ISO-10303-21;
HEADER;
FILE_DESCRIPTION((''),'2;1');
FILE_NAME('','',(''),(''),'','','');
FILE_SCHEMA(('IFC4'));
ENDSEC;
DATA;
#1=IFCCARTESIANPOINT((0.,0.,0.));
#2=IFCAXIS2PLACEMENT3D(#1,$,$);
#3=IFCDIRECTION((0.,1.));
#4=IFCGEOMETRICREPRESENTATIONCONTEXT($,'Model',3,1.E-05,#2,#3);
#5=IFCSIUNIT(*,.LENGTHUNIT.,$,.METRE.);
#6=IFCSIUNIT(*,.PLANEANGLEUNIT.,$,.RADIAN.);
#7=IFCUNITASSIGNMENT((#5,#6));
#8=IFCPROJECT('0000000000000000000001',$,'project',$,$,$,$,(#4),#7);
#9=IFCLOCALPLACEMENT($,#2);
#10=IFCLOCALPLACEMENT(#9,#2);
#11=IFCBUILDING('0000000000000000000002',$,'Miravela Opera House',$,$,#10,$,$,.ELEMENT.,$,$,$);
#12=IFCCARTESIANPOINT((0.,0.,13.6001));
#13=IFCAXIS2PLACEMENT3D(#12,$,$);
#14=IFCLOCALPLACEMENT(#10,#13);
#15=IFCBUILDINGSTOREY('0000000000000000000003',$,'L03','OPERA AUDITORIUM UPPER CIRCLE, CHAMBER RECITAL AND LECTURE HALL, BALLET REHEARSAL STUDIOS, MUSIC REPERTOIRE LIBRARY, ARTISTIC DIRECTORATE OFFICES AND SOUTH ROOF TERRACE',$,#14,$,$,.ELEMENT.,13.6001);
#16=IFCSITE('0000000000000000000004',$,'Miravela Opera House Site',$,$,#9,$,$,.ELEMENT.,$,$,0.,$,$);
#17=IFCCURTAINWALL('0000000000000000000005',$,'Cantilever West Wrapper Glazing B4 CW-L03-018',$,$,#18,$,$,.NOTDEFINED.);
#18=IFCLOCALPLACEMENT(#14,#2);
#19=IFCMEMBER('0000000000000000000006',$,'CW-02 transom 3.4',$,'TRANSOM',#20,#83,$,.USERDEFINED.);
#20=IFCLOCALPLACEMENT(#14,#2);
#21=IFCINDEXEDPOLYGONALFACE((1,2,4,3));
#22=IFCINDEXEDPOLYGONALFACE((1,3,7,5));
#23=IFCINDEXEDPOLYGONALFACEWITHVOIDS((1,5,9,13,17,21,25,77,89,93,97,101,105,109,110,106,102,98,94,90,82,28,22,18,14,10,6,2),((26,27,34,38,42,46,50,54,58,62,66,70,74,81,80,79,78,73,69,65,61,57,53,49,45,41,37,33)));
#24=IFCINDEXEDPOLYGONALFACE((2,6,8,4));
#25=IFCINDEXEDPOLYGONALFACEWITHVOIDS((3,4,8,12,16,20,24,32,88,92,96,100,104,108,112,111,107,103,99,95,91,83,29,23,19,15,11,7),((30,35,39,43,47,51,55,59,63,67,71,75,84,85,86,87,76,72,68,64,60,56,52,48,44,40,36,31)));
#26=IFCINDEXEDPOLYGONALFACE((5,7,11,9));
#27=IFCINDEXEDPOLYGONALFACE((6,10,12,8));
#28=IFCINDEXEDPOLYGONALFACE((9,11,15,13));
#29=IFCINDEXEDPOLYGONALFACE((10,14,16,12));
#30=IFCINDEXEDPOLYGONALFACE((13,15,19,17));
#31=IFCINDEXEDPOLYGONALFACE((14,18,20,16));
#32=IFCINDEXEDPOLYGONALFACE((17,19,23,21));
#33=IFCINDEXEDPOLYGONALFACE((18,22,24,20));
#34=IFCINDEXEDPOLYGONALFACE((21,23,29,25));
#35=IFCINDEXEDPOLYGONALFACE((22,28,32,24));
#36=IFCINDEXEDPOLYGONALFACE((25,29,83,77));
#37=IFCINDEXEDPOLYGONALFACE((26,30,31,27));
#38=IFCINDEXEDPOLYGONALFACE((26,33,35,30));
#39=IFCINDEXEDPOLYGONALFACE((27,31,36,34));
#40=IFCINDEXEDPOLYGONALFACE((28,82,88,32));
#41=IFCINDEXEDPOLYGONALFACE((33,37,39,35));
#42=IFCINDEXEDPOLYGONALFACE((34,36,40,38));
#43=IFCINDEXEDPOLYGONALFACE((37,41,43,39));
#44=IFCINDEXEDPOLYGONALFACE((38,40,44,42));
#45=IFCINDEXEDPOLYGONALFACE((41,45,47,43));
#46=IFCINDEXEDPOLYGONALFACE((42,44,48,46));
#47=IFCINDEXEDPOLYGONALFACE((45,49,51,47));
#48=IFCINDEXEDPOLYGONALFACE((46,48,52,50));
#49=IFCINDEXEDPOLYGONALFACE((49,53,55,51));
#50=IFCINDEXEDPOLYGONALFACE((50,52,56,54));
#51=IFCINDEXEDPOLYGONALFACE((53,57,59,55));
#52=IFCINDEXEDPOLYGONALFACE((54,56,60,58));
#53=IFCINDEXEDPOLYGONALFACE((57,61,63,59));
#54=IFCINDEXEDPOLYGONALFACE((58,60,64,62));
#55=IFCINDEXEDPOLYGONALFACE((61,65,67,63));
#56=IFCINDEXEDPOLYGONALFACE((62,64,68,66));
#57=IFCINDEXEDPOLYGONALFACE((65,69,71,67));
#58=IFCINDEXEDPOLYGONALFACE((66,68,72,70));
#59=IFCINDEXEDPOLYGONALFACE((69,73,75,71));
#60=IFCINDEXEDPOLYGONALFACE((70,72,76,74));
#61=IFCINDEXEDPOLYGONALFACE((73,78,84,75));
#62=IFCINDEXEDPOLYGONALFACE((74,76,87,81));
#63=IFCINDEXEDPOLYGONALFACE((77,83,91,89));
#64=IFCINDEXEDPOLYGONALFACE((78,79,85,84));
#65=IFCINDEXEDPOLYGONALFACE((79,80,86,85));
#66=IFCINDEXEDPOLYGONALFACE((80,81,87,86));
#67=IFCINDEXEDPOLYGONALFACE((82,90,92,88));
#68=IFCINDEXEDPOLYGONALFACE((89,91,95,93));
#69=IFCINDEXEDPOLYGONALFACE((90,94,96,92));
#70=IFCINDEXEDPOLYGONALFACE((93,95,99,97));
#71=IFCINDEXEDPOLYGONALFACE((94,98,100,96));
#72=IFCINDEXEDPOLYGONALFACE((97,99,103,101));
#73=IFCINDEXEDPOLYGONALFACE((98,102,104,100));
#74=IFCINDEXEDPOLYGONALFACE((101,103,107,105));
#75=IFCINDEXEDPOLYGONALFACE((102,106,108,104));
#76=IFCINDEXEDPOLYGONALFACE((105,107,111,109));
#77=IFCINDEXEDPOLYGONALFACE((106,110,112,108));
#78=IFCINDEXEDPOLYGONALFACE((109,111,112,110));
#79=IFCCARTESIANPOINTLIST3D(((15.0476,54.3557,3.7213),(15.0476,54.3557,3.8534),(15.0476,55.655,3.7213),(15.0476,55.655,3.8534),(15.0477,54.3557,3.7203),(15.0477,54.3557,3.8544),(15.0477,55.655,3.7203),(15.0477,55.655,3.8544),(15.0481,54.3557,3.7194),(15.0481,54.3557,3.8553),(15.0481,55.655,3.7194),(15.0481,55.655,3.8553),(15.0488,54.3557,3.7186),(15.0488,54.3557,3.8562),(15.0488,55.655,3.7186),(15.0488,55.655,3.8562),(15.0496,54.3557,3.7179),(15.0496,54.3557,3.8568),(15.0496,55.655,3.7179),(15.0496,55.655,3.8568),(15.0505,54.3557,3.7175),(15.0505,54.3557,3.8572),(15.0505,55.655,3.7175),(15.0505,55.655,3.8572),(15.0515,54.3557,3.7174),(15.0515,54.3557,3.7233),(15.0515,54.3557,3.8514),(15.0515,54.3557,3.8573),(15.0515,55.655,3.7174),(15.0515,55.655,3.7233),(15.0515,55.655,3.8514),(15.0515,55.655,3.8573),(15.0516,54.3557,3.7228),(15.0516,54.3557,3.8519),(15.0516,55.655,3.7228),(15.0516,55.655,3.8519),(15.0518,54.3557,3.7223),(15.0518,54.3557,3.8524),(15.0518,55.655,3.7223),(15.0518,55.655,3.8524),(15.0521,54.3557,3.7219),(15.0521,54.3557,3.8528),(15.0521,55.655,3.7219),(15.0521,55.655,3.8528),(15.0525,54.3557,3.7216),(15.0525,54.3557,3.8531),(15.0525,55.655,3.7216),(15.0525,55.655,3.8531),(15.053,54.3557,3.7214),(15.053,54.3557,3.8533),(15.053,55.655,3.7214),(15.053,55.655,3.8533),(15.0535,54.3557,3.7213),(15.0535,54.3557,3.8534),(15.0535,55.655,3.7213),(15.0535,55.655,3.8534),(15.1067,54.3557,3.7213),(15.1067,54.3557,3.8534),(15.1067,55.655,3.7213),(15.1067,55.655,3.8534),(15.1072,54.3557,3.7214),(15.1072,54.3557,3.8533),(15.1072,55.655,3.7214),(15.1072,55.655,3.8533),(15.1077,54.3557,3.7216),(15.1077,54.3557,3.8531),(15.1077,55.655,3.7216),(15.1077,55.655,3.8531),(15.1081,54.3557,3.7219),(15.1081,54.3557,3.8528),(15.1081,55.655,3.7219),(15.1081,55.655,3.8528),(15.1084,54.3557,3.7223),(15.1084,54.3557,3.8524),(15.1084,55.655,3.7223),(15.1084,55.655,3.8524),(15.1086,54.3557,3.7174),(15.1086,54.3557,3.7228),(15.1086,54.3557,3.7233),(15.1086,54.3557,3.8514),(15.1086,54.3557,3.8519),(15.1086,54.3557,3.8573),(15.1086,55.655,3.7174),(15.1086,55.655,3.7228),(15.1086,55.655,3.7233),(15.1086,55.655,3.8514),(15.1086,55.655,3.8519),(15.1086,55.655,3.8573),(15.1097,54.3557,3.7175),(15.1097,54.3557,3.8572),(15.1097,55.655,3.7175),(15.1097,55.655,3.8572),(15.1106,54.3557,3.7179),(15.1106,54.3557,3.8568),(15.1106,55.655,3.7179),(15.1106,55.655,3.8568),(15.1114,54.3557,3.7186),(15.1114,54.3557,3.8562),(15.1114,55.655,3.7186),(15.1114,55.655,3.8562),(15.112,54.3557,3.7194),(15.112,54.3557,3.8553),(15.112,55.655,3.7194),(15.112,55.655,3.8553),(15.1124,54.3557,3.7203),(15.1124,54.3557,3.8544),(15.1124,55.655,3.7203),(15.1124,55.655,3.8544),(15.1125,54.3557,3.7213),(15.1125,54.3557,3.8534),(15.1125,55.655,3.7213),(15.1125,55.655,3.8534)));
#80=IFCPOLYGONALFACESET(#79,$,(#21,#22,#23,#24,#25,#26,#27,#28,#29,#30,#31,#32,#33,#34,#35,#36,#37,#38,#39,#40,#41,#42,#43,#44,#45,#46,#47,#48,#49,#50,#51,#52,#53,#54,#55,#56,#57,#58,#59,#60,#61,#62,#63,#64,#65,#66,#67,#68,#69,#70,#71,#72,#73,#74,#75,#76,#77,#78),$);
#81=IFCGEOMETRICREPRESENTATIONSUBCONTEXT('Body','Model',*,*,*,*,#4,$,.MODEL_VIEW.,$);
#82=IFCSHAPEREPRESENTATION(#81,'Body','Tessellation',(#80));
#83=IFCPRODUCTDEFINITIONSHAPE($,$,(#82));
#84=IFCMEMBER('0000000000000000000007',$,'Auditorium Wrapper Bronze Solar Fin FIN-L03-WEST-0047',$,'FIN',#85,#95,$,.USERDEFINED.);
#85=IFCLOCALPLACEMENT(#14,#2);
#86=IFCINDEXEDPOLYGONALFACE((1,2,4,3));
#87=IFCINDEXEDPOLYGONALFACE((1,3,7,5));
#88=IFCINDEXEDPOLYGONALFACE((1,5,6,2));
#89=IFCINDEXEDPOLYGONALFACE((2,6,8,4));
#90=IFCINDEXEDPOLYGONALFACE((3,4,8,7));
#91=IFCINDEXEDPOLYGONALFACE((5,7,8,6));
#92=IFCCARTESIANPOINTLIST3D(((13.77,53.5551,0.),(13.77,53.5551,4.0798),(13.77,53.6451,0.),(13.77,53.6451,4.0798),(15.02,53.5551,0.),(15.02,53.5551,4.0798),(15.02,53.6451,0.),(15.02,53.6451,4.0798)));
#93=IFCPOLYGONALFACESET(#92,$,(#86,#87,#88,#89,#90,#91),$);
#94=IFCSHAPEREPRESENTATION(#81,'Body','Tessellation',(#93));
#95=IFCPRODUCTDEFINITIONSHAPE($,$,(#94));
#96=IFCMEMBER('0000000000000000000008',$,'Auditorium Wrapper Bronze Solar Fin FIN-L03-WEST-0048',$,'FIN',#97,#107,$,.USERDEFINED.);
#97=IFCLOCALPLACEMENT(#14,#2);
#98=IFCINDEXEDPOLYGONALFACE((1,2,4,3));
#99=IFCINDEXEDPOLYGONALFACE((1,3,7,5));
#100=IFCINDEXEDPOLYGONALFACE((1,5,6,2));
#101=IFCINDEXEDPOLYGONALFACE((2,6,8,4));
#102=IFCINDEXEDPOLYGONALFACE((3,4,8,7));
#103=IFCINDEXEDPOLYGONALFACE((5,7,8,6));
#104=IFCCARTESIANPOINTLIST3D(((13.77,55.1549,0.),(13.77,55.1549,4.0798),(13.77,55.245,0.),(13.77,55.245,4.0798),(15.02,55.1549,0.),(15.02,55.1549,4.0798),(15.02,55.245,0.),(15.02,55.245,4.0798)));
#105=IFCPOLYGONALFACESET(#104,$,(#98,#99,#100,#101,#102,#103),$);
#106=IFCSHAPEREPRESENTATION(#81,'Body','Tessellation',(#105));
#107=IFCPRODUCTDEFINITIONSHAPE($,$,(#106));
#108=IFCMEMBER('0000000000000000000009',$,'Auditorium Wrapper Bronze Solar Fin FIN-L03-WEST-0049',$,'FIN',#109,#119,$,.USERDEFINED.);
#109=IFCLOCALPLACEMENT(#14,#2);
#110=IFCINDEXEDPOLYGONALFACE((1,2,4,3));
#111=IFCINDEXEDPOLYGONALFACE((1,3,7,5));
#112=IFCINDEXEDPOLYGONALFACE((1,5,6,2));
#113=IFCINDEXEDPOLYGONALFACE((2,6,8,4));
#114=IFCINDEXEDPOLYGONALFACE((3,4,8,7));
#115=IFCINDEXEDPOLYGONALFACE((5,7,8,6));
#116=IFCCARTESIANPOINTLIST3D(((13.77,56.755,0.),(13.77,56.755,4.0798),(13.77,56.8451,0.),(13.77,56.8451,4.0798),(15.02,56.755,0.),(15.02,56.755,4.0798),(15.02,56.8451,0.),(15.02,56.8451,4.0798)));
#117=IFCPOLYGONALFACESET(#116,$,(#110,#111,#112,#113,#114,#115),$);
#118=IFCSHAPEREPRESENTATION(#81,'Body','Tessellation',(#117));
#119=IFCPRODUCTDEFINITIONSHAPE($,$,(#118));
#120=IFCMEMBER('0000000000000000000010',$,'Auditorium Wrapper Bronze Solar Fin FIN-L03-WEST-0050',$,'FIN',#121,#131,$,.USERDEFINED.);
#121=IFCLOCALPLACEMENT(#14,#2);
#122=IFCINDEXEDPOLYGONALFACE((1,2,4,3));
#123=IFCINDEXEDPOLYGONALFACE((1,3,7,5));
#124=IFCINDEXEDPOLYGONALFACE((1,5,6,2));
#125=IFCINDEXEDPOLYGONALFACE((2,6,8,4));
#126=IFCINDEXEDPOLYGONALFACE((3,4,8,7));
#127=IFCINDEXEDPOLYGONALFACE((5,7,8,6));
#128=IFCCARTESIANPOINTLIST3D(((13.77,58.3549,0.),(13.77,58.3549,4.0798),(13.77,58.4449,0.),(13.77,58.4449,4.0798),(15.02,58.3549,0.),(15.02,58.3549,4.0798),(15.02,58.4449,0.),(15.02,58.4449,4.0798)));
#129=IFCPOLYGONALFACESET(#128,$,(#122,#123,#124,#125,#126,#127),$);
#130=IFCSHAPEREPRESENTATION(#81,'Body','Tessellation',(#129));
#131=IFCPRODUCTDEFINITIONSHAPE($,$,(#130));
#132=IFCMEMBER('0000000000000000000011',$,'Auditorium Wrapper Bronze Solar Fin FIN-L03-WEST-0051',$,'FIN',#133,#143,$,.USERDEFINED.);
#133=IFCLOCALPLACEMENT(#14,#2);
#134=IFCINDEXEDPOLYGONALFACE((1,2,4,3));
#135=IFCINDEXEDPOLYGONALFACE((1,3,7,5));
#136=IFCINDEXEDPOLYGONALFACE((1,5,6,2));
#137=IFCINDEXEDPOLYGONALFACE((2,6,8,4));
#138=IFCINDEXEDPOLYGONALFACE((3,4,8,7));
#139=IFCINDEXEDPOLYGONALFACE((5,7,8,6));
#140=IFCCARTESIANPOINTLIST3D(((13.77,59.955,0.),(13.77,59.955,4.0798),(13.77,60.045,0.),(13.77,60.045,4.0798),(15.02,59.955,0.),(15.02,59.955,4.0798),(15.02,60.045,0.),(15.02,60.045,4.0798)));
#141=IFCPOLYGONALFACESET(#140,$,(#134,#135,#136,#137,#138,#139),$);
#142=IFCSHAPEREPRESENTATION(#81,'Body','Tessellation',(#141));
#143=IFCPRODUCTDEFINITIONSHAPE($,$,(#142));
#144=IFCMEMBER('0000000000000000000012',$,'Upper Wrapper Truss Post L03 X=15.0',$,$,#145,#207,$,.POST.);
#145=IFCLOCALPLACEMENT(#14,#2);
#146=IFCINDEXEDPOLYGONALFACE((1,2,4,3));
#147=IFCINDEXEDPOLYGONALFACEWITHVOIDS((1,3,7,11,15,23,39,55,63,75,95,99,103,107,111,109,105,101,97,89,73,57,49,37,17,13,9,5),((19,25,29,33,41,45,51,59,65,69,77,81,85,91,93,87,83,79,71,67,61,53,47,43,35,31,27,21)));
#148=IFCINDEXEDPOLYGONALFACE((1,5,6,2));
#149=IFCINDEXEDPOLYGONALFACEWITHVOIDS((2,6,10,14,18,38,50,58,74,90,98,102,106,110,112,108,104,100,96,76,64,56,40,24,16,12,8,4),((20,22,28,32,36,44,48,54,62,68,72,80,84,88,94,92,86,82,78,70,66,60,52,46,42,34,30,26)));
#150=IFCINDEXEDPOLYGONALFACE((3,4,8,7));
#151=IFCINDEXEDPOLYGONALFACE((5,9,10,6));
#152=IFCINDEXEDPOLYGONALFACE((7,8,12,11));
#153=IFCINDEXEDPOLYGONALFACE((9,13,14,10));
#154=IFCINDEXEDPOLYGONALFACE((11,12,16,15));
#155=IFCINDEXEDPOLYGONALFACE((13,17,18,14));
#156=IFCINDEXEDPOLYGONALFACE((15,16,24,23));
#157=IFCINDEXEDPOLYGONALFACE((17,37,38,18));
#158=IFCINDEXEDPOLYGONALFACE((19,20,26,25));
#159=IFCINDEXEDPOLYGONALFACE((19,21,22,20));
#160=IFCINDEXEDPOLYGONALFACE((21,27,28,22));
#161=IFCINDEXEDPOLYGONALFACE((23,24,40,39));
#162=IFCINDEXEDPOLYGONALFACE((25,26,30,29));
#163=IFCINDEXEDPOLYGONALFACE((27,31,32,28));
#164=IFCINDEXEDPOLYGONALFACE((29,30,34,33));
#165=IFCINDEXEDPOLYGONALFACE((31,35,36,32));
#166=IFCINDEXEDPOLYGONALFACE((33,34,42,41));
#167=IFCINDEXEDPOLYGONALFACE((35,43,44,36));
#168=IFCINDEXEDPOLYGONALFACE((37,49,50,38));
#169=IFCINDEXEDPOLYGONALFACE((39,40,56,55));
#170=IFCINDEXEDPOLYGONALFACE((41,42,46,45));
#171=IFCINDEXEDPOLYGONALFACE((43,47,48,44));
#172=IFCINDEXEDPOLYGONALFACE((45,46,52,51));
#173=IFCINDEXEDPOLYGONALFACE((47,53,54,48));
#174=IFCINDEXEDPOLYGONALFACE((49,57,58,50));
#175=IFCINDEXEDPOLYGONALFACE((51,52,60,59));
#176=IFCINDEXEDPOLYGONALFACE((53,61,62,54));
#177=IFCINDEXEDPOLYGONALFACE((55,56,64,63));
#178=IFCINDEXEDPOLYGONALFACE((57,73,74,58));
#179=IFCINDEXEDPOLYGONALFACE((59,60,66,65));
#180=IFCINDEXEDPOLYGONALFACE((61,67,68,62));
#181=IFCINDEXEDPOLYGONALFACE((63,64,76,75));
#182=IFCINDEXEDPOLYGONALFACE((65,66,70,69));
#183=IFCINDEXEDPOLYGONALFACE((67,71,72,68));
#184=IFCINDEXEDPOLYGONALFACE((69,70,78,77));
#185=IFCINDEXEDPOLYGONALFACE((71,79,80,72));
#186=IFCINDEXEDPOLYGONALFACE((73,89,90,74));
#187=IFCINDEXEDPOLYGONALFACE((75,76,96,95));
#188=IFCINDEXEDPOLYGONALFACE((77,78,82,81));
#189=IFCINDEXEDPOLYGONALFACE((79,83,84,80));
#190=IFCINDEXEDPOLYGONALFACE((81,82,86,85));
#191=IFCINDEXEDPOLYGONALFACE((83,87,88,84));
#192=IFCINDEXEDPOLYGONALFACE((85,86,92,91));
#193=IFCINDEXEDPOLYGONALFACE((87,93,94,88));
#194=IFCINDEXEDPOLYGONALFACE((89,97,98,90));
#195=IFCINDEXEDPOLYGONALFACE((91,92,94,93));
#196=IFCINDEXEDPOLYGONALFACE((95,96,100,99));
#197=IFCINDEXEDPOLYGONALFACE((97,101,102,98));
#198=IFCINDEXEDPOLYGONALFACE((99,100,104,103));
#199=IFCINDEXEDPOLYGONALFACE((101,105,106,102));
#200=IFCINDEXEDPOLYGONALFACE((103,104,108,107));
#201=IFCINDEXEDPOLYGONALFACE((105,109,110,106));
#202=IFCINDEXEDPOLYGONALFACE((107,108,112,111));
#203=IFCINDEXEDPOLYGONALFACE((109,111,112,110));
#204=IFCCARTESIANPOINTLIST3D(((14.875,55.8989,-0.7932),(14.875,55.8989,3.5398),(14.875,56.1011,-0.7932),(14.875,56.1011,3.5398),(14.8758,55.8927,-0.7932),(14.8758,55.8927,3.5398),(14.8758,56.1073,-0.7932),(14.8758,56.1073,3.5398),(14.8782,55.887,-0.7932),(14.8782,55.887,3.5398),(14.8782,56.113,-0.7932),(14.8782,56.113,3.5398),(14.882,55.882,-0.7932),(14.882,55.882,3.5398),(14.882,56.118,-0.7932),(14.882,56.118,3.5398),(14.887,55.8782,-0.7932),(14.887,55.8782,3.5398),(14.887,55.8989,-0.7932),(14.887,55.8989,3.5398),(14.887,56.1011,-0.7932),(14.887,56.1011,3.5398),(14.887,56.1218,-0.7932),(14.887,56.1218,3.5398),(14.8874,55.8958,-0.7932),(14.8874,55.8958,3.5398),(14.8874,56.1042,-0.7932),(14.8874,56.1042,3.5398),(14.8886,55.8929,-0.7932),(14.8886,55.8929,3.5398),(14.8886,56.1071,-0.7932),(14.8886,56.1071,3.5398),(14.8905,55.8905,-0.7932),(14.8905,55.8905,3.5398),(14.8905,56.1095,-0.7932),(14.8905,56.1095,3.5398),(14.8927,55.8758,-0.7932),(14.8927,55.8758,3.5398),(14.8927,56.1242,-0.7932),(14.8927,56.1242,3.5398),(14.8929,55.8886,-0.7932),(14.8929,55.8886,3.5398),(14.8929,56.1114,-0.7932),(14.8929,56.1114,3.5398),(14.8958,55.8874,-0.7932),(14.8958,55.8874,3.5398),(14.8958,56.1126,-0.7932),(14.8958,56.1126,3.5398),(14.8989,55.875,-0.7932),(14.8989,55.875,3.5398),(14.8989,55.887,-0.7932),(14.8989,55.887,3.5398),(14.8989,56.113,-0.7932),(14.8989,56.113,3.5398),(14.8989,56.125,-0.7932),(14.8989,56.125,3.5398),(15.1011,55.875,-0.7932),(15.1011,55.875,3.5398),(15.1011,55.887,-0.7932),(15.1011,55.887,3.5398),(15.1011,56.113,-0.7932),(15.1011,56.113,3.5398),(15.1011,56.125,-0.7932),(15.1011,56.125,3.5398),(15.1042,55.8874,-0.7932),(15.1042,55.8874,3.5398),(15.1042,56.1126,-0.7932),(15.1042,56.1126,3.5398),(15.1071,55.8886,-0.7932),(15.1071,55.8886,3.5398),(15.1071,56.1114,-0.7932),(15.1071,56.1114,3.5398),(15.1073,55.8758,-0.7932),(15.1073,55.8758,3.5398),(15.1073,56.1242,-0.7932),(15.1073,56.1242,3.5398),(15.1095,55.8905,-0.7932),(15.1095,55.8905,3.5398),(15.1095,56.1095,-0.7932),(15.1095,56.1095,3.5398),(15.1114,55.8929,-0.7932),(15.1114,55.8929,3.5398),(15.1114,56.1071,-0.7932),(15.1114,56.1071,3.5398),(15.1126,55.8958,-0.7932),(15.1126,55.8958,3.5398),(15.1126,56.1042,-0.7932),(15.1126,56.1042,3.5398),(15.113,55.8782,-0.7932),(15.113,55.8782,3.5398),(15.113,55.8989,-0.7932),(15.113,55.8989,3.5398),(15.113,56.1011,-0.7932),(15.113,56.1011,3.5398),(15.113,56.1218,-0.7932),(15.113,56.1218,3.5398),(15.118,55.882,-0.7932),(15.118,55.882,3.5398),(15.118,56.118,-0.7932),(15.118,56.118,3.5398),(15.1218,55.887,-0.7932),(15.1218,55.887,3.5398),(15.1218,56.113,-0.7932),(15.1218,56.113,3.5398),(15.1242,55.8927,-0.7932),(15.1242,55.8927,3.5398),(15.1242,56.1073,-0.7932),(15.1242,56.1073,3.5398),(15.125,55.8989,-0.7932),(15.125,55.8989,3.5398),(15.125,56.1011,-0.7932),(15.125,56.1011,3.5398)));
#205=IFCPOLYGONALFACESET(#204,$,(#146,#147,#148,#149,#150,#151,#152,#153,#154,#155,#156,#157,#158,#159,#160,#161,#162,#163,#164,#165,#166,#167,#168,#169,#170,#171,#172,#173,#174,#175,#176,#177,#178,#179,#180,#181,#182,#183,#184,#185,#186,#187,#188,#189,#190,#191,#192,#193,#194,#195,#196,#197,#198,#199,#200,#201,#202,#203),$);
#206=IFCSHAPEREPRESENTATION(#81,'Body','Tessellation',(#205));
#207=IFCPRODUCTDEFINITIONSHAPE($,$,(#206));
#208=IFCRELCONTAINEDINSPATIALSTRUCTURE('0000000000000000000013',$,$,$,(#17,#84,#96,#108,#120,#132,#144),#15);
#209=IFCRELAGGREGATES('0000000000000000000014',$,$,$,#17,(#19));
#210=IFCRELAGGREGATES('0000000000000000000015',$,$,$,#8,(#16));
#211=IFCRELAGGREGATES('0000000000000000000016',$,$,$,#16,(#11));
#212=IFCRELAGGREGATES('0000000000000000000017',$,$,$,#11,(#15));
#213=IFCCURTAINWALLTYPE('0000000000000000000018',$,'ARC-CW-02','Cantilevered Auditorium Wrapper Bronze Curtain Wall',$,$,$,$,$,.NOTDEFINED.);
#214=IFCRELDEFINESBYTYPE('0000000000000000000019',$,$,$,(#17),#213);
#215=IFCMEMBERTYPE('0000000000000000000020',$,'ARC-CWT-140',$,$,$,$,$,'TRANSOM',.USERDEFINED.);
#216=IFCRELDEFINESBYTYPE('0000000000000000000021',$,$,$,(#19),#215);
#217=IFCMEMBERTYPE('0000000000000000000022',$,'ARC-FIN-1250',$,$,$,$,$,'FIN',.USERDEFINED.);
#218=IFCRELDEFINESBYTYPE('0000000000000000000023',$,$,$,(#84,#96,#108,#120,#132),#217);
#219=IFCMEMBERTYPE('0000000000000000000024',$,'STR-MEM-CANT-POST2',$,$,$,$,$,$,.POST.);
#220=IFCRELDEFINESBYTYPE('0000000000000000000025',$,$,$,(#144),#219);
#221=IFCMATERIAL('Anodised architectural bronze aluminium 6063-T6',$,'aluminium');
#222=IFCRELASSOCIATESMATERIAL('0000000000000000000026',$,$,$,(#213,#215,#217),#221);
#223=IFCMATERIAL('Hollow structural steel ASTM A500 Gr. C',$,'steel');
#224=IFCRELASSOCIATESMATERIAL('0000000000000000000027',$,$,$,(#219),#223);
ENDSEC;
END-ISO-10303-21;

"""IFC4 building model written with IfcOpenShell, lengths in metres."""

from ifc_helpers import new_model, si_unit, direction, frame, origin, origin_2d, place, context, subcontext, project, spatial, rectangle, hollow_rectangle, extrude, material, material_profile, profile_set, type_object, element, aggregate, save


model = new_model("IFC4")

# Units and contexts
model_context = context("Model", 3, precision=1e-05, world=origin(), true_north=direction((0.0, 1.0)))
body_context = subcontext(model_context, "Body", "Model", "MODEL_VIEW")
ifc_project = project(units=[si_unit("LENGTHUNIT", "METRE"), si_unit("PLANEANGLEUNIT", "RADIAN")], contexts=[model_context])

# Site, building, storey
site_placement = place(None, origin())
site = spatial("IfcSite", under=ifc_project, at=site_placement, Name="Miravela Opera House Site", CompositionType="ELEMENT", RefElevation=0.0)
building_placement = place(site_placement, origin())
building = spatial("IfcBuilding", under=site, at=building_placement, Name="Miravela Opera House", CompositionType="ELEMENT")
storey_placement = place(building_placement, frame((0.0, 0.0, 13.6001)))
storey = spatial("IfcBuildingStorey", under=building, at=storey_placement, Name="L03", Description="OPERA AUDITORIUM UPPER CIRCLE, CHAMBER RECITAL AND LECTURE HALL, BALLET REHEARSAL STUDIOS, MUSIC REPERTOIRE LIBRARY, ARTISTIC DIRECTORATE OFFICES AND SOUTH ROOF TERRACE", CompositionType="ELEMENT", Elevation=13.6001)

# Curtain wall, member
ifc_material_1 = material(Name="Anodised architectural bronze aluminium 6063-T6", Category="aluminium")
curtain_wall_type = type_object("IfcCurtainWallType", Name="ARC-CW-02", Description="Cantilevered Auditorium Wrapper Bronze Curtain Wall", PredefinedType="NOTDEFINED", material=ifc_material_1)
curtain_wall_placement = place(storey_placement, origin())
curtain_wall = element("IfcCurtainWall", 1, at=curtain_wall_placement, inside=storey, type_object=curtain_wall_type, Name="Cantilever West Wrapper Glazing B4 CW-L03-018", PredefinedType="NOTDEFINED")
ifc_material_profile_1 = material_profile(ifc_material_1, hollow_rectangle(XDim=0.0649, YDim=0.1399, WallThickness=0.0039, InnerFilletRadius=0.002, OuterFilletRadius=0.0039, at=origin_2d()), Name="CWT-65X140")
ifc_profile_set_1 = profile_set([ifc_material_profile_1])
member_type_1 = type_object("IfcMemberType", Name="ARC-CWT-140", ElementType="TRANSOM", PredefinedType="USERDEFINED", material=ifc_profile_set_1)
member_1_placement = place(storey_placement, frame((15.0801, 54.3557, 3.7874), z_axis=(0.0, 1.0, 0.0), x_axis=(-1.0, 0.0, 0.0)))
member_1 = element("IfcMember", 2, at=member_1_placement, type_object=member_type_1, Name="CW-02 transom 3.4", ObjectType="TRANSOM", PredefinedType="USERDEFINED", context=body_context, shape_type="SweptSolid", body=[
    extrude(hollow_rectangle(XDim=0.0649, YDim=0.1399, WallThickness=0.0039, InnerFilletRadius=0.002, OuterFilletRadius=0.0039, at=origin_2d()), origin(), (0.0, 0.0, 1.0), 1.2993),
])

# Members
ifc_material_profile_2 = material_profile(ifc_material_1, rectangle(XDim=0.0901, YDim=1.25, at=origin_2d()), Name="FIN-1250X90")
ifc_profile_set_2 = profile_set([ifc_material_profile_2])
member_type_2 = type_object("IfcMemberType", Name="ARC-FIN-1250", ElementType="FIN", PredefinedType="USERDEFINED", material=ifc_profile_set_2)
for number, where, z_axis, x_axis, name in (
    (3, (14.395, 53.6001, 0.0), (0.0, 0.0, 1.0), (0.0, 1.0, 0.0), "Auditorium Wrapper Bronze Solar Fin FIN-L03-WEST-0047"),
    (4, (14.395, 55.2, 0.0), (0.0, 0.0, 1.0), (0.0, 1.0, 0.0), "Auditorium Wrapper Bronze Solar Fin FIN-L03-WEST-0048"),
    (5, (14.395, 56.8, 0.0), (0.0, 0.0, 1.0), (0.0, 1.0, 0.0), "Auditorium Wrapper Bronze Solar Fin FIN-L03-WEST-0049"),
    (6, (14.395, 58.3999, 0.0), (0.0, 0.0, 1.0), (0.0, 1.0, 0.0), "Auditorium Wrapper Bronze Solar Fin FIN-L03-WEST-0050"),
    (7, (14.395, 60.0, 0.0), (0.0, 0.0, 1.0), (0.0, 1.0, 0.0), "Auditorium Wrapper Bronze Solar Fin FIN-L03-WEST-0051"),
):
    element("IfcMember", number, at=place(storey_placement, frame(where, z_axis=z_axis, x_axis=x_axis)), inside=storey, type_object=member_type_2, Name=name, ObjectType="FIN", PredefinedType="USERDEFINED", context=body_context, shape_type="SweptSolid", body=[
        extrude(rectangle(XDim=0.0901, YDim=1.25, at=origin_2d()), origin(), (0.0, 0.0, 1.0), 4.0798),
    ])
ifc_material_2 = material(Name="Hollow structural steel ASTM A500 Gr. C", Category="steel")
ifc_material_profile_3 = material_profile(ifc_material_2, hollow_rectangle(XDim=0.25, YDim=0.25, WallThickness=0.012, InnerFilletRadius=0.012, OuterFilletRadius=0.0239, at=origin_2d()), Name="HSS250X250X12")
ifc_profile_set_3 = profile_set([ifc_material_profile_3])
member_type_3 = type_object("IfcMemberType", Name="STR-MEM-CANT-POST2", PredefinedType="POST", material=ifc_profile_set_3)
member_2_placement = place(storey_placement, frame((15.0, 56.0, -0.7932), z_axis=(0.0, 0.0, 1.0), x_axis=(1.0, 0.0, 0.0)))
element("IfcMember", 8, at=member_2_placement, inside=storey, type_object=member_type_3, Name="Upper Wrapper Truss Post L03 X=15.0", PredefinedType="POST", context=body_context, shape_type="SweptSolid", body=[
    extrude(hollow_rectangle(XDim=0.25, YDim=0.25, WallThickness=0.012, InnerFilletRadius=0.012, OuterFilletRadius=0.0239, at=origin_2d()), origin(), (0.0, 0.0, 1.0), 4.333),
])

aggregate(curtain_wall, [member_1])

save(model, "model.ifc")
